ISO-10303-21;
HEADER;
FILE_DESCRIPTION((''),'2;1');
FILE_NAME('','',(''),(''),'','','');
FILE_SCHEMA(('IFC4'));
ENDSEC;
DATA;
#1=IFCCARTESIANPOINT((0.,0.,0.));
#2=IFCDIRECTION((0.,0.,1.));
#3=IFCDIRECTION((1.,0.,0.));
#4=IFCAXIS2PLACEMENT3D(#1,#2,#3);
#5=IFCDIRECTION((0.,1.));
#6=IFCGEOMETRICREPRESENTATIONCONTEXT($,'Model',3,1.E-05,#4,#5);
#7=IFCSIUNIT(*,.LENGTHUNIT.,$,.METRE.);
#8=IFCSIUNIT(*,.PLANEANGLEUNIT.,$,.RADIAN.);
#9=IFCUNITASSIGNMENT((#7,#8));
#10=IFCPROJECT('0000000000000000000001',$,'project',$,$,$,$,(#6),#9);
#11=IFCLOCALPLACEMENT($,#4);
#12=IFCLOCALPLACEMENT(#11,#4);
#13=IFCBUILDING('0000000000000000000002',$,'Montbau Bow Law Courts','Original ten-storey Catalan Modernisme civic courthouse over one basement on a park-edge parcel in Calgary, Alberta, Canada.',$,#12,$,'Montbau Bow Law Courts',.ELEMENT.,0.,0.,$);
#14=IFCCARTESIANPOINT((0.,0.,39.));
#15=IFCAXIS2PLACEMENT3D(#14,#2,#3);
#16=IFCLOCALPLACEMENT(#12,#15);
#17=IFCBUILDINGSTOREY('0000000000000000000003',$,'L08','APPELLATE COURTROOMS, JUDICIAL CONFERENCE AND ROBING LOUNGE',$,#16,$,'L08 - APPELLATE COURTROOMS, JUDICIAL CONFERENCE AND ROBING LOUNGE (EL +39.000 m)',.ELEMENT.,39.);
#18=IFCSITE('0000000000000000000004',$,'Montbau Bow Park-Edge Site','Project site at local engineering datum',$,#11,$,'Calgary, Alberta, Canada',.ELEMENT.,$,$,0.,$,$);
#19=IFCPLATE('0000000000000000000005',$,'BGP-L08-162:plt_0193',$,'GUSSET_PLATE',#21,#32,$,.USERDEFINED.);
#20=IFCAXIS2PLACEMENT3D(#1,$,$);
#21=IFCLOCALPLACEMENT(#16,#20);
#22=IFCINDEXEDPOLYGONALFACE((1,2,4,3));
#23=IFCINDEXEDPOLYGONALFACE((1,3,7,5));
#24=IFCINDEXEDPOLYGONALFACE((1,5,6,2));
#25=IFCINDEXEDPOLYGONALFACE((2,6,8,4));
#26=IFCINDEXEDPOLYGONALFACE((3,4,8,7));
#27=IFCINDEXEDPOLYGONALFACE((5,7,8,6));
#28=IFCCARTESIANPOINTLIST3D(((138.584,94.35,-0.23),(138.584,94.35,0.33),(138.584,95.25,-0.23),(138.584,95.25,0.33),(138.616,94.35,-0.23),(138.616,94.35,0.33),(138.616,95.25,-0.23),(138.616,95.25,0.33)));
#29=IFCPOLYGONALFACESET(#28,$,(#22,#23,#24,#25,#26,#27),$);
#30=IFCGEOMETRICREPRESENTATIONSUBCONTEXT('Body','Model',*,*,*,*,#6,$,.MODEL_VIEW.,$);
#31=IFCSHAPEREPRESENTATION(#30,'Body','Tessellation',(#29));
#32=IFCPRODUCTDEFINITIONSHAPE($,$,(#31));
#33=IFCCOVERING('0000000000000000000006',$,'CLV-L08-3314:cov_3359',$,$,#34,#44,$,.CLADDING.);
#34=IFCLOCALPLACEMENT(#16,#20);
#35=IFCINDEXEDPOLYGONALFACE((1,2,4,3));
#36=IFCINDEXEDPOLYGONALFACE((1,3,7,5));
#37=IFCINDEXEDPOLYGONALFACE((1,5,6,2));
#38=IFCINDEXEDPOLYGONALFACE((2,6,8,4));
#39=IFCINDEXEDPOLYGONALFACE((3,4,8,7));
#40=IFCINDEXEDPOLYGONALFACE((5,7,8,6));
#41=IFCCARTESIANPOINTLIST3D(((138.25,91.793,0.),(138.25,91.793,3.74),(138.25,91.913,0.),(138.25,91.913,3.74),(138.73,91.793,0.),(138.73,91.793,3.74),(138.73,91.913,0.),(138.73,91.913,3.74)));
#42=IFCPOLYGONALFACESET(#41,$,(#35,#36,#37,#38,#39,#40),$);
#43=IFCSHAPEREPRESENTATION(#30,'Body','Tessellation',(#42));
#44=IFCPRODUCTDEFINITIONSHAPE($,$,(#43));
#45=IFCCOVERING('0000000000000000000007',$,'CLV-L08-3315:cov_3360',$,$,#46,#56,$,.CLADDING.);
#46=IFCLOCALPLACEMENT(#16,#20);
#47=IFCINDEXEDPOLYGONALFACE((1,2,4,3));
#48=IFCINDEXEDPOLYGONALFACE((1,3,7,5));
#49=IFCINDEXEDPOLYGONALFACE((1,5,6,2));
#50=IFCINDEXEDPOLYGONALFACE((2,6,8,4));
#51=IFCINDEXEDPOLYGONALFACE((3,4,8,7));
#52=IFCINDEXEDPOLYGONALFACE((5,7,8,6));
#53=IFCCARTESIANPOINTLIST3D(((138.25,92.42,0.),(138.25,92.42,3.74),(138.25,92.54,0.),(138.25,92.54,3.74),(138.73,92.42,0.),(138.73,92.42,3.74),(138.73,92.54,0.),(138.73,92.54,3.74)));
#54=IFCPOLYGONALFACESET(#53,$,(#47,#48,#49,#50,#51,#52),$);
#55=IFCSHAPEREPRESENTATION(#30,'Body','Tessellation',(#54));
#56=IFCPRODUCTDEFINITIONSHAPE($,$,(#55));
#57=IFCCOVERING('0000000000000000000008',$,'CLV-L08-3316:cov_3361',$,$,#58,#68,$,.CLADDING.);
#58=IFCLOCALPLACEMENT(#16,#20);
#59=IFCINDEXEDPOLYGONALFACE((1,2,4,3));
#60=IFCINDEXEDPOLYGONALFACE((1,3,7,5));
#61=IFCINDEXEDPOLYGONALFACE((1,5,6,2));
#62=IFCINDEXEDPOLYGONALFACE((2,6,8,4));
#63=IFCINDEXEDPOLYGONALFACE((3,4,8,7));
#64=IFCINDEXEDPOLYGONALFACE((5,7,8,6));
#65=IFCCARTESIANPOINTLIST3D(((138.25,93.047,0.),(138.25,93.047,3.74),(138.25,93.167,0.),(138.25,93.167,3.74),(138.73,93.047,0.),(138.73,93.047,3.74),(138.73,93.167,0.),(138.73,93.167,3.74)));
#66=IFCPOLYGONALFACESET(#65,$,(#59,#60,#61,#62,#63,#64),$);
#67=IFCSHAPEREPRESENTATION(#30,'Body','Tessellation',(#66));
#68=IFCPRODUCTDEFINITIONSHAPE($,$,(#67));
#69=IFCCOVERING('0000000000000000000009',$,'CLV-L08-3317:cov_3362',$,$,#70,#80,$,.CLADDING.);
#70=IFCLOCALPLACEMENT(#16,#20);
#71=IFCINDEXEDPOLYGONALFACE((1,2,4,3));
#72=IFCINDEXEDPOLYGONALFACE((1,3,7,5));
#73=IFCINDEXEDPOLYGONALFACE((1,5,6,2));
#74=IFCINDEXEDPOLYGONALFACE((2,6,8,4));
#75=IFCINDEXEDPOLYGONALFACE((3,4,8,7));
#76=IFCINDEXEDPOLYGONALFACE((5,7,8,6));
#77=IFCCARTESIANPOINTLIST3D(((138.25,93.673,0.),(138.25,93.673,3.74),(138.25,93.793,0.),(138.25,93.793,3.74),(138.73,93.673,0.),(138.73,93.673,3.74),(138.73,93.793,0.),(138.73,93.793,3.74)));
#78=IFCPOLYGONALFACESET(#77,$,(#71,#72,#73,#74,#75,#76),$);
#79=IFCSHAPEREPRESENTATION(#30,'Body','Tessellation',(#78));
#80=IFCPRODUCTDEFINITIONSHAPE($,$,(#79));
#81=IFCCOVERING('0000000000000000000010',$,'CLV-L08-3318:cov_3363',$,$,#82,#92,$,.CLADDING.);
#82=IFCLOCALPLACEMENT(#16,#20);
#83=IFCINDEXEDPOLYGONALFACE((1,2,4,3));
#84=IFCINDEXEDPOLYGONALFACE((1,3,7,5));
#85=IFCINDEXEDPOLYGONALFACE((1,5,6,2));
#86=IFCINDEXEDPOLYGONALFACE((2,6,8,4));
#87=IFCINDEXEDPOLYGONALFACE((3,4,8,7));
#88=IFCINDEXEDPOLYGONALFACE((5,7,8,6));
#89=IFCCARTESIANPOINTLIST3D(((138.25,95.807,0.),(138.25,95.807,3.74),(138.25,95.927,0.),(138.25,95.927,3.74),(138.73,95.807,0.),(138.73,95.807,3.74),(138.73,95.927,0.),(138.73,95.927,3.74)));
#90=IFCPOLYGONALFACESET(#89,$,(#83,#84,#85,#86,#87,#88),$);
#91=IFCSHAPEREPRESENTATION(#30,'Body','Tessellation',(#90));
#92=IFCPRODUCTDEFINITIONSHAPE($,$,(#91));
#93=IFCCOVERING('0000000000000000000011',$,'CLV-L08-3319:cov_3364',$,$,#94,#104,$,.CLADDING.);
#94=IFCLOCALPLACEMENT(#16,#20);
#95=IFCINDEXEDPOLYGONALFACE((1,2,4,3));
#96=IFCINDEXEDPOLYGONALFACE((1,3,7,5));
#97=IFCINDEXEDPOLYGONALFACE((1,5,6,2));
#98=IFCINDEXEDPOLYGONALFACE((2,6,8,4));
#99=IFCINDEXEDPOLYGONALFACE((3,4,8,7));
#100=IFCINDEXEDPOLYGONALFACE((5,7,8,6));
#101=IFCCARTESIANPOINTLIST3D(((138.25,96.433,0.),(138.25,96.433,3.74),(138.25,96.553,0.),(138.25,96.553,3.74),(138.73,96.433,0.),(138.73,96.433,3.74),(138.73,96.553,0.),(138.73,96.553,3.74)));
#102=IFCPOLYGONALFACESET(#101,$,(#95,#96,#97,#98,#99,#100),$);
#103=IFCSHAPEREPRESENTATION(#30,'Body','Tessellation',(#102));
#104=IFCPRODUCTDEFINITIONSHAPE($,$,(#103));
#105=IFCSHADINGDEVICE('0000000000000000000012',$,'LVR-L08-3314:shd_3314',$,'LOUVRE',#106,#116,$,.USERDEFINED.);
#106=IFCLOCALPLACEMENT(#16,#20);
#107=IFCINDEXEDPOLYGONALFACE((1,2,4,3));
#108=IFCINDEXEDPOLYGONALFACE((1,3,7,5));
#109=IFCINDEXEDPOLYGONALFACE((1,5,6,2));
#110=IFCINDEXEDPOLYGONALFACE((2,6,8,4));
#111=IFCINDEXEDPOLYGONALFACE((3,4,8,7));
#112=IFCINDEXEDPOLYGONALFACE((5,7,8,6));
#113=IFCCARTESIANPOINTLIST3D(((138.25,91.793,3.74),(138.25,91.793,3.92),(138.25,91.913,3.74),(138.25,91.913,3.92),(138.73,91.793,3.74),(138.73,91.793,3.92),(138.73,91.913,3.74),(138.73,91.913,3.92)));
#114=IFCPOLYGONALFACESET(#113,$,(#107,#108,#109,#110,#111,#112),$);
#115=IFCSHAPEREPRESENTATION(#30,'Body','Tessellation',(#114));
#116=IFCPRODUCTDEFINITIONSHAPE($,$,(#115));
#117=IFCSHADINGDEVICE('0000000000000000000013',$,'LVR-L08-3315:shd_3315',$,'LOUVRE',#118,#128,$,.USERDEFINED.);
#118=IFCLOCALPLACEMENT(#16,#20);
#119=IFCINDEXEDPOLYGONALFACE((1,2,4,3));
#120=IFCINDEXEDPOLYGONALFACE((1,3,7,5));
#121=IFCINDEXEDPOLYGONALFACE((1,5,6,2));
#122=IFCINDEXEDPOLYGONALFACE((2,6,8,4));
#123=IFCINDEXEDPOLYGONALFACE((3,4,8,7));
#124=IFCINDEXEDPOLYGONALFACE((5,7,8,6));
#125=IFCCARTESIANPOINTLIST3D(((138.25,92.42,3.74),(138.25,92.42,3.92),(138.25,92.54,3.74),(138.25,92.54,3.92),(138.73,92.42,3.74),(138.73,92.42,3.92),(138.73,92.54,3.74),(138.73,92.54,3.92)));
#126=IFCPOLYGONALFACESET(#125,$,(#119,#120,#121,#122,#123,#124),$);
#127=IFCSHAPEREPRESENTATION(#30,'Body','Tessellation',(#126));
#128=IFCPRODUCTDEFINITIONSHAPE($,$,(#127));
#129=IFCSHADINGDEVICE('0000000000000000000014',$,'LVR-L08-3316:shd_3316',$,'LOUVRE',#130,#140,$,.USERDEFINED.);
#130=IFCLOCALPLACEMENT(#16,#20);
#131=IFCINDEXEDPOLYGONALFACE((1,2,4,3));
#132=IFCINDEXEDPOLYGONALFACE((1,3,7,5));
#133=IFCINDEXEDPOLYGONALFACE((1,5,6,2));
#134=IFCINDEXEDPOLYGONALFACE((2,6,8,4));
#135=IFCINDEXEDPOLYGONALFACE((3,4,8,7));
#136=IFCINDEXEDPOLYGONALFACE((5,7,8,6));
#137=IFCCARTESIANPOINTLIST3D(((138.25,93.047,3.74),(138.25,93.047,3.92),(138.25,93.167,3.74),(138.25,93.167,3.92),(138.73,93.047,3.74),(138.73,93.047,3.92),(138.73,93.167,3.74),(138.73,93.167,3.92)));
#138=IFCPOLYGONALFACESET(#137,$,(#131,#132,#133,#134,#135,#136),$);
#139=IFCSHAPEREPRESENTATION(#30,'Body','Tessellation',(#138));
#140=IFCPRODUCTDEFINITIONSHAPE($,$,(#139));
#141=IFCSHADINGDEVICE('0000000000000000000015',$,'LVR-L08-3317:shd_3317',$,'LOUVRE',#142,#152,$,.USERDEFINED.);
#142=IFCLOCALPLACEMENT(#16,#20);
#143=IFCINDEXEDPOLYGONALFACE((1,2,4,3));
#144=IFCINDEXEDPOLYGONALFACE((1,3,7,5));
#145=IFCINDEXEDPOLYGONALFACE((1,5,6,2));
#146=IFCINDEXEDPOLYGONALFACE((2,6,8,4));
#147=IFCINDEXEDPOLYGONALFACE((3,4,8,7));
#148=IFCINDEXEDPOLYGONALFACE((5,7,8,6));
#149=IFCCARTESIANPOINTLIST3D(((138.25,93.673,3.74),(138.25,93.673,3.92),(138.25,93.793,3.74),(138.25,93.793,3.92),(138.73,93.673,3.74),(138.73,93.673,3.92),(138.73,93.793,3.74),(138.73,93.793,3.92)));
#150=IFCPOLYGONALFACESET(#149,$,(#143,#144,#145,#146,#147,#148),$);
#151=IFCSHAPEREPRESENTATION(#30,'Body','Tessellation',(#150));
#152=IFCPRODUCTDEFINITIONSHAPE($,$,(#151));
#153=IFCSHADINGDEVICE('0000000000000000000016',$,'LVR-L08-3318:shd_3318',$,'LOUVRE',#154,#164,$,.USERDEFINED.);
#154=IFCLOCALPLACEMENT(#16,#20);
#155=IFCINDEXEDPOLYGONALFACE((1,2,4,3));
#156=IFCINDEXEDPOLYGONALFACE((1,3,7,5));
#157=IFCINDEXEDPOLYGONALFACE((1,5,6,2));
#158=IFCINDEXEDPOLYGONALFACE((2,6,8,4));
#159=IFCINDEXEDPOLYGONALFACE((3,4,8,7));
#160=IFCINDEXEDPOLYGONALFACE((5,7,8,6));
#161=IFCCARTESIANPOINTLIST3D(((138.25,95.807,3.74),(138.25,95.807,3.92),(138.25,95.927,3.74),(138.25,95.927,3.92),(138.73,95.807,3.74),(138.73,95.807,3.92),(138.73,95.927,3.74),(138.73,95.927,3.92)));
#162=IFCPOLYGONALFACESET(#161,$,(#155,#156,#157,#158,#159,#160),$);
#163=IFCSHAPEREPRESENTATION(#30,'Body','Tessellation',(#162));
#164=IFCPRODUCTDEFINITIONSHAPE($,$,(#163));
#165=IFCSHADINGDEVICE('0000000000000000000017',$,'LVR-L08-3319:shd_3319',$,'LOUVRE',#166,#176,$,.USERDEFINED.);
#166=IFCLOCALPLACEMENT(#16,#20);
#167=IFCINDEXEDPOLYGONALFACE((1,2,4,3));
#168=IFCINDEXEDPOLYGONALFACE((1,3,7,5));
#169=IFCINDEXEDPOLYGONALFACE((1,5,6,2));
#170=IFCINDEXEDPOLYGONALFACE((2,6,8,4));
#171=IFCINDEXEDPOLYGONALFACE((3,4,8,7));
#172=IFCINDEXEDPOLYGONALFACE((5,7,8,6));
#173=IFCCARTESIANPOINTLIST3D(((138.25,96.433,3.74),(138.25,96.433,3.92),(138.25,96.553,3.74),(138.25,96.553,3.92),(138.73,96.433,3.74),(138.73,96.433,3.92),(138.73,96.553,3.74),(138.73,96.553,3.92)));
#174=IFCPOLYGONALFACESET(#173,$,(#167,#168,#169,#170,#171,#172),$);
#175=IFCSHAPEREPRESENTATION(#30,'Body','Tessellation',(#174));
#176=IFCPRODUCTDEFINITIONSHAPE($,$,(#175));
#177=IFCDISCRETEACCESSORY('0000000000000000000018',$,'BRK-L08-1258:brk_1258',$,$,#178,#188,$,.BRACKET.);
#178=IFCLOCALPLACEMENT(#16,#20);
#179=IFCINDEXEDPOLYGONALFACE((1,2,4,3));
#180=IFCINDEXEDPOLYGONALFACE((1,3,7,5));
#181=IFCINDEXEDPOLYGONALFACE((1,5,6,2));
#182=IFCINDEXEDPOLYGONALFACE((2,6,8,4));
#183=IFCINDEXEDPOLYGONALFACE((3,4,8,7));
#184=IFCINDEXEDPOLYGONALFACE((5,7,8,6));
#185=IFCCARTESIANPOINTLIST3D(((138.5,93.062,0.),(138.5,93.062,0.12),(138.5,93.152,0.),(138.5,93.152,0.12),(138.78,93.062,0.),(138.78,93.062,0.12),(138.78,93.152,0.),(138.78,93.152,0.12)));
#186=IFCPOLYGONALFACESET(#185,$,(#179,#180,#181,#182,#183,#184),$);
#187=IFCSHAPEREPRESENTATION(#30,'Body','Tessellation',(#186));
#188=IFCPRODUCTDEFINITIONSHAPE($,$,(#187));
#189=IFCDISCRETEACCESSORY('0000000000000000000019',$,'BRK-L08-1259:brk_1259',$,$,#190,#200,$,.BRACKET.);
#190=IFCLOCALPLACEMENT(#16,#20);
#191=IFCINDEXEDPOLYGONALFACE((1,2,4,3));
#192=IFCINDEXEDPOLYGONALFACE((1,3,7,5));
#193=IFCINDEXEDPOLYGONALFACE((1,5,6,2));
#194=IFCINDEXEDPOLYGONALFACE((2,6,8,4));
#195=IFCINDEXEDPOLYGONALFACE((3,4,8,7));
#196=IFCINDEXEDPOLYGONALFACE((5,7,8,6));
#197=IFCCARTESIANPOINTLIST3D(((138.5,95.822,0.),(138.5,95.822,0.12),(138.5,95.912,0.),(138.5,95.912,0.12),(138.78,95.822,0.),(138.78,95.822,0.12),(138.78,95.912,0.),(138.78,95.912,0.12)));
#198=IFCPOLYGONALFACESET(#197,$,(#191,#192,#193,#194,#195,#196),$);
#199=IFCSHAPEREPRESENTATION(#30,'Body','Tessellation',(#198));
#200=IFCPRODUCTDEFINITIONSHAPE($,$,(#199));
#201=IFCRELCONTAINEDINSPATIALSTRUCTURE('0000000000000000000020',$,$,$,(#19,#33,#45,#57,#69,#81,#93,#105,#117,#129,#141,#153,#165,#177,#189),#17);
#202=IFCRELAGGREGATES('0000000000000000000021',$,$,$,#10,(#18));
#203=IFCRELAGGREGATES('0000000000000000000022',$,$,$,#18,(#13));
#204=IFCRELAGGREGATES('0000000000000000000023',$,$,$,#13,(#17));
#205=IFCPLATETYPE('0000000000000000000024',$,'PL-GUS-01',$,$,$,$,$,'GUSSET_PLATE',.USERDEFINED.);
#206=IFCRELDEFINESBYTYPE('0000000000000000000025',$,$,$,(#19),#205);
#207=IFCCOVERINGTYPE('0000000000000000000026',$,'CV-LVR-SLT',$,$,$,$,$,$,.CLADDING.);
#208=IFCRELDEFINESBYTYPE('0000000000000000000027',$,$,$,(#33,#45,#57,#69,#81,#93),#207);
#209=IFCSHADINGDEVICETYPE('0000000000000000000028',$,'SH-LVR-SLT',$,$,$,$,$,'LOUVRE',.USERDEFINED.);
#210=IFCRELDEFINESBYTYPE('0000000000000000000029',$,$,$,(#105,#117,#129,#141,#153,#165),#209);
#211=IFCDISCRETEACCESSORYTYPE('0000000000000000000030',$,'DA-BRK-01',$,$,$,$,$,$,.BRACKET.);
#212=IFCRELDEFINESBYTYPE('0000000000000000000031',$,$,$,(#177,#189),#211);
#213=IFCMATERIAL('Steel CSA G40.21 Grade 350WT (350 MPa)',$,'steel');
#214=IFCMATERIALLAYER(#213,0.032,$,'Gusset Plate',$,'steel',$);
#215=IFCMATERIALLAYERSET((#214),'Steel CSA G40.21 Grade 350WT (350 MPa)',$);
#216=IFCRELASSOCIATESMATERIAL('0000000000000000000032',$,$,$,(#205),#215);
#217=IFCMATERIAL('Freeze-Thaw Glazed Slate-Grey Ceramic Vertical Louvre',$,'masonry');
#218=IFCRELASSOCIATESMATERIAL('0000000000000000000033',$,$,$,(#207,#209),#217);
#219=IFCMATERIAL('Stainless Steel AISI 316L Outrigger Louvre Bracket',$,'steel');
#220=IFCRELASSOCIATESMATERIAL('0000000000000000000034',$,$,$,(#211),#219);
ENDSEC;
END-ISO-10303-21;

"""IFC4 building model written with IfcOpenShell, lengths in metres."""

from ifc_helpers import new_model, si_unit, direction, frame, frame_2d, origin_with_axes, origin_2d_with_axis, place, context, subcontext, project, spatial, rectangle, extrude, material, layer, layer_set, type_object, element, save


model = new_model("IFC4")

# Units and contexts
model_context = context("Model", 3, precision=1e-05, world=origin_with_axes(), true_north=direction((0.0, 1.0)))
body_context = subcontext(model_context, "Body", "Model", "MODEL_VIEW")
ifc_project = project(units=[si_unit("LENGTHUNIT", "METRE"), si_unit("PLANEANGLEUNIT", "RADIAN")], contexts=[model_context])

# Site, building, storey
site_placement = place(None, origin_with_axes())
site = spatial("IfcSite", under=ifc_project, at=site_placement, Name="Montbau Bow Park-Edge Site", Description="Project site at local engineering datum", LongName="Calgary, Alberta, Canada", CompositionType="ELEMENT", RefElevation=0.0)
building_placement = place(site_placement, origin_with_axes())
building = spatial("IfcBuilding", under=site, at=building_placement, Name="Montbau Bow Law Courts", Description="Original ten-storey Catalan Modernisme civic courthouse over one basement on a park-edge parcel in Calgary, Alberta, Canada.", LongName="Montbau Bow Law Courts", CompositionType="ELEMENT", ElevationOfRefHeight=0.0, ElevationOfTerrain=0.0)
storey_placement = place(building_placement, frame((0.0, 0.0, 39.0), z_axis=(0.0, 0.0, 1.0), x_axis=(1.0, 0.0, 0.0)))
storey = spatial("IfcBuildingStorey", under=building, at=storey_placement, Name="L08", Description="APPELLATE COURTROOMS, JUDICIAL CONFERENCE AND ROBING LOUNGE", LongName="L08 - APPELLATE COURTROOMS, JUDICIAL CONFERENCE AND ROBING LOUNGE (EL +39.000 m)", CompositionType="ELEMENT", Elevation=39.0)

# Shared definitions
ifc_material_1 = material(Name="Steel CSA G40.21 Grade 350WT (350 MPa)", Category="steel")

# Plate
ifc_layer_1 = layer(ifc_material_1, 0.032, Name="Gusset Plate", Category="steel")
ifc_layer_set_1 = layer_set([ifc_layer_1], Name="Steel CSA G40.21 Grade 350WT (350 MPa)")
plate_type_1 = type_object("IfcPlateType", Name="PL-GUS-01", ElementType="GUSSET_PLATE", PredefinedType="USERDEFINED", material=ifc_layer_set_1)
for number, where, z_axis, x_axis, name in (
    (1, (138.6, 94.8, 38.77), (0.0, 0.0, 1.0), (0.0, 1.0, 0.0), "BGP-L08-162:plt_0193"),
):
    element("IfcPlate", number, at=place(None, frame(where, z_axis=z_axis, x_axis=x_axis)), inside=storey, type_object=plate_type_1, Name=name, ObjectType="GUSSET_PLATE", PredefinedType="USERDEFINED", context=body_context, shape_type="SweptSolid", body=[
        extrude(rectangle(XDim=0.9, YDim=0.032, at=origin_2d_with_axis()), origin_with_axes(), (0.0, 0.0, 1.0), 0.56),
    ])

# Coverings
ifc_material_2 = material(Name="Freeze-Thaw Glazed Slate-Grey Ceramic Vertical Louvre", Category="masonry")
covering_type = type_object("IfcCoveringType", Name="CV-LVR-SLT", PredefinedType="CLADDING", material=ifc_material_2)
for number, where, z_axis, x_axis, name in (
    (2, (138.73, 91.853, 39.0), (0.0, 1.0, 0.0), (-1.0, 0.0, 0.0), "CLV-L08-3314:cov_3359"),
    (3, (138.73, 92.48, 39.0), (0.0, 1.0, 0.0), (-1.0, 0.0, 0.0), "CLV-L08-3315:cov_3360"),
    (4, (138.73, 93.107, 39.0), (0.0, 1.0, 0.0), (-1.0, 0.0, 0.0), "CLV-L08-3316:cov_3361"),
    (5, (138.73, 93.733, 39.0), (0.0, 1.0, 0.0), (-1.0, 0.0, 0.0), "CLV-L08-3317:cov_3362"),
    (6, (138.73, 95.867, 39.0), (0.0, 1.0, 0.0), (-1.0, 0.0, 0.0), "CLV-L08-3318:cov_3363"),
    (7, (138.73, 96.493, 39.0), (0.0, 1.0, 0.0), (-1.0, 0.0, 0.0), "CLV-L08-3319:cov_3364"),
):
    element("IfcCovering", number, at=place(None, frame(where, z_axis=z_axis, x_axis=x_axis)), inside=storey, type_object=covering_type, Name=name, PredefinedType="CLADDING", context=body_context, shape_type="SweptSolid", body=[
        extrude(rectangle(XDim=0.48, YDim=3.74, at=frame_2d((0.24, 1.87), x_axis=(1.0, 0.0))), frame((0.0, 0.0, -0.06), z_axis=(0.0, 0.0, 1.0), x_axis=(1.0, 0.0, 0.0)), (0.0, 0.0, 1.0), 0.12),
    ])

# Shading devices
shading_device_type = type_object("IfcShadingDeviceType", Name="SH-LVR-SLT", ElementType="LOUVRE", PredefinedType="USERDEFINED", material=ifc_material_2)
for number, where, z_axis, x_axis, name in (
    (8, (138.49, 91.853, 42.74), (0.0, 0.0, 1.0), (-1.0, 0.0, 0.0), "LVR-L08-3314:shd_3314"),
    (9, (138.49, 92.48, 42.74), (0.0, 0.0, 1.0), (-1.0, 0.0, 0.0), "LVR-L08-3315:shd_3315"),
    (10, (138.49, 93.107, 42.74), (0.0, 0.0, 1.0), (-1.0, 0.0, 0.0), "LVR-L08-3316:shd_3316"),
    (11, (138.49, 93.733, 42.74), (0.0, 0.0, 1.0), (-1.0, 0.0, 0.0), "LVR-L08-3317:shd_3317"),
    (12, (138.49, 95.867, 42.74), (0.0, 0.0, 1.0), (-1.0, 0.0, 0.0), "LVR-L08-3318:shd_3318"),
    (13, (138.49, 96.493, 42.74), (0.0, 0.0, 1.0), (-1.0, 0.0, 0.0), "LVR-L08-3319:shd_3319"),
):
    element("IfcShadingDevice", number, at=place(None, frame(where, z_axis=z_axis, x_axis=x_axis)), inside=storey, type_object=shading_device_type, Name=name, ObjectType="LOUVRE", PredefinedType="USERDEFINED", context=body_context, shape_type="SweptSolid", body=[
        extrude(rectangle(XDim=0.48, YDim=0.12, at=origin_2d_with_axis()), origin_with_axes(), (0.0, 0.0, 1.0), 0.18),
    ])

# Discrete accessories
ifc_material_3 = material(Name="Stainless Steel AISI 316L Outrigger Louvre Bracket", Category="steel")
discrete_accessory_type = type_object("IfcDiscreteAccessoryType", Name="DA-BRK-01", PredefinedType="BRACKET", material=ifc_material_3)
for number, where, z_axis, x_axis, name in (
    (14, (138.64, 93.107, 39.0), (0.0, 0.0, 1.0), (-1.0, 0.0, 0.0), "BRK-L08-1258:brk_1258"),
    (15, (138.64, 95.867, 39.0), (0.0, 0.0, 1.0), (-1.0, 0.0, 0.0), "BRK-L08-1259:brk_1259"),
):
    element("IfcDiscreteAccessory", number, at=place(None, frame(where, z_axis=z_axis, x_axis=x_axis)), inside=storey, type_object=discrete_accessory_type, Name=name, PredefinedType="BRACKET", context=body_context, shape_type="SweptSolid", body=[
        extrude(rectangle(XDim=0.28, YDim=0.09, at=origin_2d_with_axis()), origin_with_axes(), (0.0, 0.0, 1.0), 0.12),
    ])

save(model, "model.ifc")
